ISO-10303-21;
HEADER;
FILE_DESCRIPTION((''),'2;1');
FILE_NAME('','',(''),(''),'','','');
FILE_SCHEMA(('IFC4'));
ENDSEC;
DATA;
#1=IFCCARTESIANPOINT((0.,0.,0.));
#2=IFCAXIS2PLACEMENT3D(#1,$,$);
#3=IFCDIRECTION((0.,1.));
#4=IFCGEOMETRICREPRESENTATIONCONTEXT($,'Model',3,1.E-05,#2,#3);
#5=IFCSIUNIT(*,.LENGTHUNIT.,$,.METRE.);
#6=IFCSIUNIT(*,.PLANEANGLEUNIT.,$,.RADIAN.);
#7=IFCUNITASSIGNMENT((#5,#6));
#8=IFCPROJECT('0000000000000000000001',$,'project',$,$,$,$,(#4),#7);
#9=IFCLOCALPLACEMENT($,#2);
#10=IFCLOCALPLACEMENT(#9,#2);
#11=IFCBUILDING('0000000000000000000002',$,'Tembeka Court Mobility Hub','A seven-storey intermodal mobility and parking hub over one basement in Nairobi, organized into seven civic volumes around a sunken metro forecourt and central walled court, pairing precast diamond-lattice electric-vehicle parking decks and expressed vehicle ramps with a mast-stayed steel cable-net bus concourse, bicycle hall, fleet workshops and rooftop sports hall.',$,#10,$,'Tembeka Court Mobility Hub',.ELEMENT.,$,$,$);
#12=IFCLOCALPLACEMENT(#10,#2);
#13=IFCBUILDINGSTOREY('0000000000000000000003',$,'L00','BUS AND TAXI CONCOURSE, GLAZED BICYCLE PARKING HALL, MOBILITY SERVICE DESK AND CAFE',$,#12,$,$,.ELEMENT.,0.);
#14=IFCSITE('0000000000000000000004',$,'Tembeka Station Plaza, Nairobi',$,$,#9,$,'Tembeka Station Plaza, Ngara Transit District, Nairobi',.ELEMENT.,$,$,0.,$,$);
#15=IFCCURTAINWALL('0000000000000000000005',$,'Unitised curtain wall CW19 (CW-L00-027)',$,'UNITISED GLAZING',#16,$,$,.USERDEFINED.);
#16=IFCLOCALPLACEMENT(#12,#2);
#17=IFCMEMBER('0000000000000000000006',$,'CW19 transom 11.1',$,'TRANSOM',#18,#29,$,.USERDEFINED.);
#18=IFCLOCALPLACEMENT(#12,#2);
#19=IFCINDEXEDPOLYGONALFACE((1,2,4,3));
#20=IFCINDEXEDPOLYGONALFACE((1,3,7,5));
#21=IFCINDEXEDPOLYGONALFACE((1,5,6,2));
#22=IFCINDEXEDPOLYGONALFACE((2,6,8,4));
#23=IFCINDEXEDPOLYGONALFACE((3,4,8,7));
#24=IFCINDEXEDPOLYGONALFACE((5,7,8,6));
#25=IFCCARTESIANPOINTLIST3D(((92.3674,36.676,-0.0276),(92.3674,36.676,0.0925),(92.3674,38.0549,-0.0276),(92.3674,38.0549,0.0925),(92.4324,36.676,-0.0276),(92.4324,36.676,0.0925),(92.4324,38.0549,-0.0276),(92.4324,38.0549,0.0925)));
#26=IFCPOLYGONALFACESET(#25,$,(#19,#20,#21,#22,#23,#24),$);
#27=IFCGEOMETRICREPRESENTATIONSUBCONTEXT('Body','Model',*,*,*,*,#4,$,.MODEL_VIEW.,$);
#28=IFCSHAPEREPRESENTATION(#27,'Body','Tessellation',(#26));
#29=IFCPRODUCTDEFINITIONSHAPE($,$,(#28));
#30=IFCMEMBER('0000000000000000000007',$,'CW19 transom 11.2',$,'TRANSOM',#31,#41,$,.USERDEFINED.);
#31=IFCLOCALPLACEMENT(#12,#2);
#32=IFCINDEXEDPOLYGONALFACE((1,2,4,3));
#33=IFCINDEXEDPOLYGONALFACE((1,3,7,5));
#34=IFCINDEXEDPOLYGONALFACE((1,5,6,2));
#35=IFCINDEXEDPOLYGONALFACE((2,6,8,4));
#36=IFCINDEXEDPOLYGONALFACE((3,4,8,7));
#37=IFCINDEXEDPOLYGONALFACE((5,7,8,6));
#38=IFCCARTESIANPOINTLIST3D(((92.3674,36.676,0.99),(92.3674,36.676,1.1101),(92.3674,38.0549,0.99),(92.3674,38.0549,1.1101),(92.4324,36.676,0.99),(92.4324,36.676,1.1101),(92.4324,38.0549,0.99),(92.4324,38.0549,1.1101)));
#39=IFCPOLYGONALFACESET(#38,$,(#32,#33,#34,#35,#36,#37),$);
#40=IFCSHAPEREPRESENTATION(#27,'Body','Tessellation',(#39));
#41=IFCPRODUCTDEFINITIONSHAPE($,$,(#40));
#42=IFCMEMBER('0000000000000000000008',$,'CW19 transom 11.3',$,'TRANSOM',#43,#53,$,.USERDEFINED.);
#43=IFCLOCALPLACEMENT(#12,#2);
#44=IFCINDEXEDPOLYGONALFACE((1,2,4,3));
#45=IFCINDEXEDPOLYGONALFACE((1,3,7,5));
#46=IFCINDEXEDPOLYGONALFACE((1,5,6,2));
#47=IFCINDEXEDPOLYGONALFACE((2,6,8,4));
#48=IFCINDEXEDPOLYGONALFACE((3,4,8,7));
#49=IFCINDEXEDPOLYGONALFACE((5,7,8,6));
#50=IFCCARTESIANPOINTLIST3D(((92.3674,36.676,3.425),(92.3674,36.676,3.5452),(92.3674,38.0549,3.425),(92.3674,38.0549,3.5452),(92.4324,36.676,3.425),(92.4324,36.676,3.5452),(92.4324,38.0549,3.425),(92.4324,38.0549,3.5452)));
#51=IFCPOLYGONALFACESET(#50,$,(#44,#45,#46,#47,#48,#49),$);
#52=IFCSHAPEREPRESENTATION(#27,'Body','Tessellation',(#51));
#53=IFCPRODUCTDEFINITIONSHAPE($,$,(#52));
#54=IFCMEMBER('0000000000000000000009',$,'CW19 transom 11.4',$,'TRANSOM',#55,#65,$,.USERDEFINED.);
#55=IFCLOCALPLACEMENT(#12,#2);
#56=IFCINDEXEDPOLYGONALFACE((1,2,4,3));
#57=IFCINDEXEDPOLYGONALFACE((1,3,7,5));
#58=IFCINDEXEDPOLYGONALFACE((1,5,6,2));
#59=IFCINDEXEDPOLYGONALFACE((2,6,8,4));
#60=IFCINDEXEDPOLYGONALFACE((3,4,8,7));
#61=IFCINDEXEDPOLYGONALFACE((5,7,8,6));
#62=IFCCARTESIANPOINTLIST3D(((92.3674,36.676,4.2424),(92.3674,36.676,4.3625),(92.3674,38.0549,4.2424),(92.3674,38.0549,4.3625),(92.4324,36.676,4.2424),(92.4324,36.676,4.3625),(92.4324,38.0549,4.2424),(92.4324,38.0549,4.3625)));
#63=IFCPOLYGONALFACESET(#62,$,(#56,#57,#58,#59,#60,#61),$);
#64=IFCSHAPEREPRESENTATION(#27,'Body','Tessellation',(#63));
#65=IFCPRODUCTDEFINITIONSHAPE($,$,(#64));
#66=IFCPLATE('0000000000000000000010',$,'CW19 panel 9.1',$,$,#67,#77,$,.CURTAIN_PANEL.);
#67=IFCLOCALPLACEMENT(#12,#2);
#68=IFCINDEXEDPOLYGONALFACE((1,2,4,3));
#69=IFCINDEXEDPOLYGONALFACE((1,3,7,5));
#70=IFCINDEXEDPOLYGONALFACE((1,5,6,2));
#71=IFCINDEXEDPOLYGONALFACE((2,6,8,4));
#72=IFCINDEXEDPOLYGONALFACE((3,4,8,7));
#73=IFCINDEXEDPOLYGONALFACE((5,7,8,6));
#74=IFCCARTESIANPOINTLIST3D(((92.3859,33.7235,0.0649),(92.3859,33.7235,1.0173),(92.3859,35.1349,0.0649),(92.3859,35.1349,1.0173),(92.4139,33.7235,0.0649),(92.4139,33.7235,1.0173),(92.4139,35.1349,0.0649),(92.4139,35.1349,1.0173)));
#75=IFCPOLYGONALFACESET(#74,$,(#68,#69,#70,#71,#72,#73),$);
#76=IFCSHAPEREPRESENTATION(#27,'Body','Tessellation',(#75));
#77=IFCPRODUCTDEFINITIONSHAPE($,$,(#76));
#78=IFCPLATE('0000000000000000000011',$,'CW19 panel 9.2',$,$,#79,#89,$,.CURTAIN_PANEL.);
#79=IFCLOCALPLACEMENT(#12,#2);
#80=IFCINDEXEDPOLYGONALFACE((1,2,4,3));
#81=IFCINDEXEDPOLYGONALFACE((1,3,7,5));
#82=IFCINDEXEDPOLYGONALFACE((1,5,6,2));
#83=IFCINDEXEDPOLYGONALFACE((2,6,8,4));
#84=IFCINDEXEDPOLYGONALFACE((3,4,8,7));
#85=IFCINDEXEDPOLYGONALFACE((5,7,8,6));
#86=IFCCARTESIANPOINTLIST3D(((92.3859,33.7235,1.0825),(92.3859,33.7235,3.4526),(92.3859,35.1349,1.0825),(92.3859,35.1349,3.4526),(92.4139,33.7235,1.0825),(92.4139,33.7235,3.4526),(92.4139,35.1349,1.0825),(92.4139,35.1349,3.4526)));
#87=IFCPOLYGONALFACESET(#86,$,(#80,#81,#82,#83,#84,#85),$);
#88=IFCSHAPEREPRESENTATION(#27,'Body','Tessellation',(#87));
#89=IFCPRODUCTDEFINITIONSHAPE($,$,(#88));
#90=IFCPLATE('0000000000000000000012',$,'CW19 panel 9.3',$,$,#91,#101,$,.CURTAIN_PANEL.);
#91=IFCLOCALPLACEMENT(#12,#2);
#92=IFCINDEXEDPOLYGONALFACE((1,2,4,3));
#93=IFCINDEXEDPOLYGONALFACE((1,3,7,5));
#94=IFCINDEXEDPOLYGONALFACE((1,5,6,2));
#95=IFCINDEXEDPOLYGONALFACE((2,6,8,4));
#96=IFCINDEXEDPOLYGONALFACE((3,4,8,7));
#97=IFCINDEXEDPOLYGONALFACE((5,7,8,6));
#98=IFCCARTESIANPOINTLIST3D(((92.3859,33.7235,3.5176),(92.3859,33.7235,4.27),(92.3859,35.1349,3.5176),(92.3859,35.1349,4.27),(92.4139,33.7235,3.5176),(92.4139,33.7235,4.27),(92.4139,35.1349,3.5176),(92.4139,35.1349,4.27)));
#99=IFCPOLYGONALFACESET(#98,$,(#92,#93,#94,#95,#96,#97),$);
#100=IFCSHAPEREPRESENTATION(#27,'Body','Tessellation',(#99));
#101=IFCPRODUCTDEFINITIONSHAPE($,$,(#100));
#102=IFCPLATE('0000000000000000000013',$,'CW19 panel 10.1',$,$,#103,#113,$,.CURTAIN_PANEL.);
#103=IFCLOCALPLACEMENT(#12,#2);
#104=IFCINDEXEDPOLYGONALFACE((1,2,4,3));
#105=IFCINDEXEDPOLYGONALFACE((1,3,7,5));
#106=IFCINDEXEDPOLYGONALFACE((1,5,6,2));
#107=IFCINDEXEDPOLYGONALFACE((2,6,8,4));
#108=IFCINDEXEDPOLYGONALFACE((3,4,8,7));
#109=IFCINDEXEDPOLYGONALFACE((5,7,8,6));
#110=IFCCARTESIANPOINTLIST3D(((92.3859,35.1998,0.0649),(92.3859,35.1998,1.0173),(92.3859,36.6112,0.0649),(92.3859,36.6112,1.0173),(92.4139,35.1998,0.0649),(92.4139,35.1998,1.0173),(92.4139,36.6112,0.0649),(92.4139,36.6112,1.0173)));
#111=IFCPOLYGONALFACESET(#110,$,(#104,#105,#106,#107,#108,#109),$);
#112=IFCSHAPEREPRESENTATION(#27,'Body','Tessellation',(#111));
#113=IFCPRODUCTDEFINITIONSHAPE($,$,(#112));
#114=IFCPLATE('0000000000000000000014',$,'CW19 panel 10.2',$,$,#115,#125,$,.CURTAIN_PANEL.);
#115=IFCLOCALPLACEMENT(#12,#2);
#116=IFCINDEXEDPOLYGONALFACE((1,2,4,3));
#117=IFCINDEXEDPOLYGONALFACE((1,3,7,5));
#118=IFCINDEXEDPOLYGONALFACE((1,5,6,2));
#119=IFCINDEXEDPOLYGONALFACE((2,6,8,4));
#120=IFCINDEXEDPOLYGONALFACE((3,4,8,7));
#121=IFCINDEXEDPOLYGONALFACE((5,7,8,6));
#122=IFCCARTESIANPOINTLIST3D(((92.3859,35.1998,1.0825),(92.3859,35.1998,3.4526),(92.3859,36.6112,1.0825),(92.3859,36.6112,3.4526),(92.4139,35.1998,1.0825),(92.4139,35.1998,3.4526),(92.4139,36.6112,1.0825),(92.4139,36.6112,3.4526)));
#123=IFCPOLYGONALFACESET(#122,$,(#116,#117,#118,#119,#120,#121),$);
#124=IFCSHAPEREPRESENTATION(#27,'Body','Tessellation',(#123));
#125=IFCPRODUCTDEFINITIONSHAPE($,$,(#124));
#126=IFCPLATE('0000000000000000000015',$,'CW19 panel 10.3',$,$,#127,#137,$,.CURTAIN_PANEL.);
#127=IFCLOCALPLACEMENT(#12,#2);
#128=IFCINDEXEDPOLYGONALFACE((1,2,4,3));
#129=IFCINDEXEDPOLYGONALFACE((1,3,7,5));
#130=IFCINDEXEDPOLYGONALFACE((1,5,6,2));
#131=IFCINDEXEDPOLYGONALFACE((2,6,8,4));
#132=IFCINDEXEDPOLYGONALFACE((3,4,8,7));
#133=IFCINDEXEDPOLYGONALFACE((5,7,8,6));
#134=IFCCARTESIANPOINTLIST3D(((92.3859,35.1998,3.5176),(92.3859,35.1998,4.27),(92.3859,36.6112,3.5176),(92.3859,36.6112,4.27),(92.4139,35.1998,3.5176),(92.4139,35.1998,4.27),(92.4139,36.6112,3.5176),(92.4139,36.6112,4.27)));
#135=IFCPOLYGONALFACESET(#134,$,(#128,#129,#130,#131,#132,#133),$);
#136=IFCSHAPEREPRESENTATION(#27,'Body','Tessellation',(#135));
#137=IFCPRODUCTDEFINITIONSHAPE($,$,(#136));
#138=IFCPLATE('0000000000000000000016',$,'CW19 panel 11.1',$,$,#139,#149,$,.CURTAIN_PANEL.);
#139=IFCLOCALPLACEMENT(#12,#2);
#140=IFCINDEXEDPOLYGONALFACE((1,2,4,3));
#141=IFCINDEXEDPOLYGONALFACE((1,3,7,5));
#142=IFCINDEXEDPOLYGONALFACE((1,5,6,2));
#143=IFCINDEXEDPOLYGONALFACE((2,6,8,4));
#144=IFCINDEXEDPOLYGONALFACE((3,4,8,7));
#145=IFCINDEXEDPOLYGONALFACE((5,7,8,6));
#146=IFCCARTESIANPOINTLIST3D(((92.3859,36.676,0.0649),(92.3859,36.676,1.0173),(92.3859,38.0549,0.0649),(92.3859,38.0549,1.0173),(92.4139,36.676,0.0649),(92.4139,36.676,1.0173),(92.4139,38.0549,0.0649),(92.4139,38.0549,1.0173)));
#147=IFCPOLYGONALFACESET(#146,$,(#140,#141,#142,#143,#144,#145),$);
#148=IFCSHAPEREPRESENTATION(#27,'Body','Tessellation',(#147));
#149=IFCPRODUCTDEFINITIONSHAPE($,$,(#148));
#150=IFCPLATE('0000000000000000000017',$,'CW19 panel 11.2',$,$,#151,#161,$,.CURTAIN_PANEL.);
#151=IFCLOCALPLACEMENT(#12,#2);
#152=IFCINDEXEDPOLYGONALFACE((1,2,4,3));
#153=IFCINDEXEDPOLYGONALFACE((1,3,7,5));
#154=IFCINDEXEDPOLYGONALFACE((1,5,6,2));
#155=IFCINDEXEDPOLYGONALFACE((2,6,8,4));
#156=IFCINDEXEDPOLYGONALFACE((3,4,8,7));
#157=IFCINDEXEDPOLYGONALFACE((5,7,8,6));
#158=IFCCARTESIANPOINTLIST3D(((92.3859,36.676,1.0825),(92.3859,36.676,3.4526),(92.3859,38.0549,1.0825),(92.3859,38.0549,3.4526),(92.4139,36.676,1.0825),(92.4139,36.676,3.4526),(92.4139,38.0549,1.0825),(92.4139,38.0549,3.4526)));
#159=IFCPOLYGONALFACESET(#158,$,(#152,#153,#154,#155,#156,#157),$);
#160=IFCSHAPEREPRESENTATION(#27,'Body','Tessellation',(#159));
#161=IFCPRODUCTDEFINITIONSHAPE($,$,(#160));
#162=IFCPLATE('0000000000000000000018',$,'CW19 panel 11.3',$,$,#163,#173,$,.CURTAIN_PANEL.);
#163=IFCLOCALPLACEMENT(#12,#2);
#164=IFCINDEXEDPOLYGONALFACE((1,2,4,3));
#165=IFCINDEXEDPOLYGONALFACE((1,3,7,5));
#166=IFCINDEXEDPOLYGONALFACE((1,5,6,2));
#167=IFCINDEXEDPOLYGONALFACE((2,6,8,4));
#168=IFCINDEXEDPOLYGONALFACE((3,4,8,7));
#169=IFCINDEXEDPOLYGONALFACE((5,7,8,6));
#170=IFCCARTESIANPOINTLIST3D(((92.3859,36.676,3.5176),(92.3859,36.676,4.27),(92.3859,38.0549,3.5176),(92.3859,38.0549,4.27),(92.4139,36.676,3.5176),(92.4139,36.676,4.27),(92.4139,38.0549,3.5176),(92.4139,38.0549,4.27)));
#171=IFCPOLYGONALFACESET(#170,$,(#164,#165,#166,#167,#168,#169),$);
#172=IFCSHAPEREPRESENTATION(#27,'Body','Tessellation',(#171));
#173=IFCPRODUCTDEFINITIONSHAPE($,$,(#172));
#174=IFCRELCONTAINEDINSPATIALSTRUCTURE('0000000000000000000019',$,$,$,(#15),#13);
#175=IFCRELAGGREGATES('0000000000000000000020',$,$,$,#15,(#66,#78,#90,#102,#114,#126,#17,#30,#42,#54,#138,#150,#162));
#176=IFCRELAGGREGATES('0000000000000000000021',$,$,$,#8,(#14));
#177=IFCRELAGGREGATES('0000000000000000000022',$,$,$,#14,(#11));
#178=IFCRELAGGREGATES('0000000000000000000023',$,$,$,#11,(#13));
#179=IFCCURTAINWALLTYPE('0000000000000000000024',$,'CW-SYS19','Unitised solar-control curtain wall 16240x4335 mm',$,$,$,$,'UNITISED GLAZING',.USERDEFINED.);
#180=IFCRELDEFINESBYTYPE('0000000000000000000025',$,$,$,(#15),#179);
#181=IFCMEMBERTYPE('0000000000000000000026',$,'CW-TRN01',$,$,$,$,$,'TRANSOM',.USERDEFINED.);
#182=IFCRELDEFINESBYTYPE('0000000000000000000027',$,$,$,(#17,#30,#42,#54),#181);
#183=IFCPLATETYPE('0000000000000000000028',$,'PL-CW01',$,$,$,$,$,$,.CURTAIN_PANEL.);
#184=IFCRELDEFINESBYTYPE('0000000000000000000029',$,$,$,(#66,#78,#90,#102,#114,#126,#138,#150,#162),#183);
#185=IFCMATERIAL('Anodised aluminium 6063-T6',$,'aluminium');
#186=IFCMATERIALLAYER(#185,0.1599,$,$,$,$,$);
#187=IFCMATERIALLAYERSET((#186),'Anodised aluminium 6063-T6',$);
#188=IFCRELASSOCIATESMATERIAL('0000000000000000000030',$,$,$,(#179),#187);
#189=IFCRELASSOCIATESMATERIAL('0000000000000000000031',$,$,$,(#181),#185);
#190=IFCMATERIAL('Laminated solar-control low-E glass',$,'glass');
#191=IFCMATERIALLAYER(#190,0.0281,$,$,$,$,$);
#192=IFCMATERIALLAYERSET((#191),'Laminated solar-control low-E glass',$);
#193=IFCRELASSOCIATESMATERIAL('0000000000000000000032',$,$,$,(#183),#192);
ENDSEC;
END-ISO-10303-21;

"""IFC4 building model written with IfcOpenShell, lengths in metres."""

from ifc_helpers import new_model, si_unit, direction, frame, origin, origin_2d, place, context, subcontext, project, spatial, rectangle, extrude, material, layer, layer_set, material_profile, profile_set, type_object, element, aggregate, save


model = new_model("IFC4")

# Units and contexts
model_context = context("Model", 3, precision=1e-05, world=origin(), true_north=direction((0.0, 1.0)))
body_context = subcontext(model_context, "Body", "Model", "MODEL_VIEW")
ifc_project = project(units=[si_unit("LENGTHUNIT", "METRE"), si_unit("PLANEANGLEUNIT", "RADIAN")], contexts=[model_context])

# Site, building, storey
site_placement = place(None, origin())
site = spatial("IfcSite", under=ifc_project, at=site_placement, Name="Tembeka Station Plaza, Nairobi", LongName="Tembeka Station Plaza, Ngara Transit District, Nairobi", CompositionType="ELEMENT", RefElevation=0.0)
building_placement = place(site_placement, origin())
building = spatial("IfcBuilding", under=site, at=building_placement, Name="Tembeka Court Mobility Hub", Description="A seven-storey intermodal mobility and parking hub over one basement in Nairobi, organized into seven civic volumes around a sunken metro forecourt and central walled court, pairing precast diamond-lattice electric-vehicle parking decks and expressed vehicle ramps with a mast-stayed steel cable-net bus concourse, bicycle hall, fleet workshops and rooftop sports hall.", LongName="Tembeka Court Mobility Hub", CompositionType="ELEMENT")
storey_placement = place(building_placement, origin())
storey = spatial("IfcBuildingStorey", under=building, at=storey_placement, Name="L00", Description="BUS AND TAXI CONCOURSE, GLAZED BICYCLE PARKING HALL, MOBILITY SERVICE DESK AND CAFE", CompositionType="ELEMENT", Elevation=0.0)

# Curtain wall, members, plates
ifc_material_1 = material(Name="Anodised aluminium 6063-T6", Category="aluminium")
ifc_layer_1 = layer(ifc_material_1, 0.1599)
ifc_layer_set_1 = layer_set([ifc_layer_1], Name="Anodised aluminium 6063-T6")
curtain_wall_type = type_object("IfcCurtainWallType", Name="CW-SYS19", Description="Unitised solar-control curtain wall 16240x4335 mm", ElementType="UNITISED GLAZING", PredefinedType="USERDEFINED", material=ifc_layer_set_1)
curtain_wall_placement = place(storey_placement, origin())
curtain_wall = element("IfcCurtainWall", 1, at=curtain_wall_placement, inside=storey, type_object=curtain_wall_type, Name="Unitised curtain wall CW19 (CW-L00-027)", ObjectType="UNITISED GLAZING", PredefinedType="USERDEFINED")
ifc_material_profile_1 = material_profile(ifc_material_1, rectangle(XDim=0.0649, YDim=0.1201, at=origin_2d()), Name="ALU-TRN 65x120")
ifc_profile_set_1 = profile_set([ifc_material_profile_1], Name="Anodised aluminium 6063-T6")
member_type_1 = type_object("IfcMemberType", Name="CW-TRN01", ElementType="TRANSOM", PredefinedType="USERDEFINED", material=ifc_profile_set_1)
member_1_placement = place(storey_placement, frame((92.3999, 36.676, 0.0325), z_axis=(0.0, 1.0, 0.0), x_axis=(-1.0, 0.0, 0.0)))
member_1 = element("IfcMember", 2, at=member_1_placement, type_object=member_type_1, Name="CW19 transom 11.1", ObjectType="TRANSOM", PredefinedType="USERDEFINED", context=body_context, shape_type="SweptSolid", body=[
    extrude(rectangle(XDim=0.0649, YDim=0.1201, at=origin_2d()), origin(), (0.0, 0.0, 1.0), 1.3789),
])
member_2_placement = place(storey_placement, frame((92.3999, 36.676, 1.05), z_axis=(0.0, 1.0, 0.0), x_axis=(-1.0, 0.0, 0.0)))
member_2 = element("IfcMember", 3, at=member_2_placement, type_object=member_type_1, Name="CW19 transom 11.2", ObjectType="TRANSOM", PredefinedType="USERDEFINED", context=body_context, shape_type="SweptSolid", body=[
    extrude(rectangle(XDim=0.0649, YDim=0.1201, at=origin_2d()), origin(), (0.0, 0.0, 1.0), 1.3789),
])
member_3_placement = place(storey_placement, frame((92.3999, 36.676, 3.4851), z_axis=(0.0, 1.0, 0.0), x_axis=(-1.0, 0.0, 0.0)))
member_3 = element("IfcMember", 4, at=member_3_placement, type_object=member_type_1, Name="CW19 transom 11.3", ObjectType="TRANSOM", PredefinedType="USERDEFINED", context=body_context, shape_type="SweptSolid", body=[
    extrude(rectangle(XDim=0.0649, YDim=0.1201, at=origin_2d()), origin(), (0.0, 0.0, 1.0), 1.3789),
])
member_4_placement = place(storey_placement, frame((92.3999, 36.676, 4.3025), z_axis=(0.0, 1.0, 0.0), x_axis=(-1.0, 0.0, 0.0)))
member_4 = element("IfcMember", 5, at=member_4_placement, type_object=member_type_1, Name="CW19 transom 11.4", ObjectType="TRANSOM", PredefinedType="USERDEFINED", context=body_context, shape_type="SweptSolid", body=[
    extrude(rectangle(XDim=0.0649, YDim=0.1201, at=origin_2d()), origin(), (0.0, 0.0, 1.0), 1.3789),
])
ifc_material_2 = material(Name="Laminated solar-control low-E glass", Category="glass")
ifc_layer_2 = layer(ifc_material_2, 0.0281)
ifc_layer_set_2 = layer_set([ifc_layer_2], Name="Laminated solar-control low-E glass")
plate_type = type_object("IfcPlateType", Name="PL-CW01", PredefinedType="CURTAIN_PANEL", material=ifc_layer_set_2)
plate_1_placement = place(storey_placement, frame((92.3999, 34.4292, 0.0649), z_axis=(0.0, 0.0, 1.0), x_axis=(0.0, 1.0, 0.0)))
plate_1 = element("IfcPlate", 6, at=plate_1_placement, type_object=plate_type, Name="CW19 panel 9.1", PredefinedType="CURTAIN_PANEL", context=body_context, shape_type="SweptSolid", body=[
    extrude(rectangle(XDim=1.4114, YDim=0.0281, at=origin_2d()), origin(), (0.0, 0.0, 1.0), 0.9524),
])
plate_2_placement = place(storey_placement, frame((92.3999, 34.4292, 1.0825), z_axis=(0.0, 0.0, 1.0), x_axis=(0.0, 1.0, 0.0)))
plate_2 = element("IfcPlate", 7, at=plate_2_placement, type_object=plate_type, Name="CW19 panel 9.2", PredefinedType="CURTAIN_PANEL", context=body_context, shape_type="SweptSolid", body=[
    extrude(rectangle(XDim=1.4114, YDim=0.0281, at=origin_2d()), origin(), (0.0, 0.0, 1.0), 2.3701),
])
plate_3_placement = place(storey_placement, frame((92.3999, 34.4292, 3.5176), z_axis=(0.0, 0.0, 1.0), x_axis=(0.0, 1.0, 0.0)))
plate_3 = element("IfcPlate", 8, at=plate_3_placement, type_object=plate_type, Name="CW19 panel 9.3", PredefinedType="CURTAIN_PANEL", context=body_context, shape_type="SweptSolid", body=[
    extrude(rectangle(XDim=1.4114, YDim=0.0281, at=origin_2d()), origin(), (0.0, 0.0, 1.0), 0.7524),
])
plate_4_placement = place(storey_placement, frame((92.3999, 35.9055, 0.0649), z_axis=(0.0, 0.0, 1.0), x_axis=(0.0, 1.0, 0.0)))
plate_4 = element("IfcPlate", 9, at=plate_4_placement, type_object=plate_type, Name="CW19 panel 10.1", PredefinedType="CURTAIN_PANEL", context=body_context, shape_type="SweptSolid", body=[
    extrude(rectangle(XDim=1.4114, YDim=0.0281, at=origin_2d()), origin(), (0.0, 0.0, 1.0), 0.9524),
])
plate_5_placement = place(storey_placement, frame((92.3999, 35.9055, 1.0825), z_axis=(0.0, 0.0, 1.0), x_axis=(0.0, 1.0, 0.0)))
plate_5 = element("IfcPlate", 10, at=plate_5_placement, type_object=plate_type, Name="CW19 panel 10.2", PredefinedType="CURTAIN_PANEL", context=body_context, shape_type="SweptSolid", body=[
    extrude(rectangle(XDim=1.4114, YDim=0.0281, at=origin_2d()), origin(), (0.0, 0.0, 1.0), 2.3701),
])
plate_6_placement = place(storey_placement, frame((92.3999, 35.9055, 3.5176), z_axis=(0.0, 0.0, 1.0), x_axis=(0.0, 1.0, 0.0)))
plate_6 = element("IfcPlate", 11, at=plate_6_placement, type_object=plate_type, Name="CW19 panel 10.3", PredefinedType="CURTAIN_PANEL", context=body_context, shape_type="SweptSolid", body=[
    extrude(rectangle(XDim=1.4114, YDim=0.0281, at=origin_2d()), origin(), (0.0, 0.0, 1.0), 0.7524),
])
plate_7_placement = place(storey_placement, frame((92.3999, 37.3655, 0.0649), z_axis=(0.0, 0.0, 1.0), x_axis=(0.0, 1.0, 0.0)))
plate_7 = element("IfcPlate", 12, at=plate_7_placement, type_object=plate_type, Name="CW19 panel 11.1", PredefinedType="CURTAIN_PANEL", context=body_context, shape_type="SweptSolid", body=[
    extrude(rectangle(XDim=1.3789, YDim=0.0281, at=origin_2d()), origin(), (0.0, 0.0, 1.0), 0.9524),
])
plate_8_placement = place(storey_placement, frame((92.3999, 37.3655, 1.0825), z_axis=(0.0, 0.0, 1.0), x_axis=(0.0, 1.0, 0.0)))
plate_8 = element("IfcPlate", 13, at=plate_8_placement, type_object=plate_type, Name="CW19 panel 11.2", PredefinedType="CURTAIN_PANEL", context=body_context, shape_type="SweptSolid", body=[
    extrude(rectangle(XDim=1.3789, YDim=0.0281, at=origin_2d()), origin(), (0.0, 0.0, 1.0), 2.3701),
])
plate_9_placement = place(storey_placement, frame((92.3999, 37.3655, 3.5176), z_axis=(0.0, 0.0, 1.0), x_axis=(0.0, 1.0, 0.0)))
plate_9 = element("IfcPlate", 14, at=plate_9_placement, type_object=plate_type, Name="CW19 panel 11.3", PredefinedType="CURTAIN_PANEL", context=body_context, shape_type="SweptSolid", body=[
    extrude(rectangle(XDim=1.3789, YDim=0.0281, at=origin_2d()), origin(), (0.0, 0.0, 1.0), 0.7524),
])
aggregate(curtain_wall, [plate_1, plate_2, plate_3, plate_4, plate_5, plate_6, member_1, member_2, member_3, member_4, plate_7, plate_8, plate_9])

save(model, "model.ifc")
